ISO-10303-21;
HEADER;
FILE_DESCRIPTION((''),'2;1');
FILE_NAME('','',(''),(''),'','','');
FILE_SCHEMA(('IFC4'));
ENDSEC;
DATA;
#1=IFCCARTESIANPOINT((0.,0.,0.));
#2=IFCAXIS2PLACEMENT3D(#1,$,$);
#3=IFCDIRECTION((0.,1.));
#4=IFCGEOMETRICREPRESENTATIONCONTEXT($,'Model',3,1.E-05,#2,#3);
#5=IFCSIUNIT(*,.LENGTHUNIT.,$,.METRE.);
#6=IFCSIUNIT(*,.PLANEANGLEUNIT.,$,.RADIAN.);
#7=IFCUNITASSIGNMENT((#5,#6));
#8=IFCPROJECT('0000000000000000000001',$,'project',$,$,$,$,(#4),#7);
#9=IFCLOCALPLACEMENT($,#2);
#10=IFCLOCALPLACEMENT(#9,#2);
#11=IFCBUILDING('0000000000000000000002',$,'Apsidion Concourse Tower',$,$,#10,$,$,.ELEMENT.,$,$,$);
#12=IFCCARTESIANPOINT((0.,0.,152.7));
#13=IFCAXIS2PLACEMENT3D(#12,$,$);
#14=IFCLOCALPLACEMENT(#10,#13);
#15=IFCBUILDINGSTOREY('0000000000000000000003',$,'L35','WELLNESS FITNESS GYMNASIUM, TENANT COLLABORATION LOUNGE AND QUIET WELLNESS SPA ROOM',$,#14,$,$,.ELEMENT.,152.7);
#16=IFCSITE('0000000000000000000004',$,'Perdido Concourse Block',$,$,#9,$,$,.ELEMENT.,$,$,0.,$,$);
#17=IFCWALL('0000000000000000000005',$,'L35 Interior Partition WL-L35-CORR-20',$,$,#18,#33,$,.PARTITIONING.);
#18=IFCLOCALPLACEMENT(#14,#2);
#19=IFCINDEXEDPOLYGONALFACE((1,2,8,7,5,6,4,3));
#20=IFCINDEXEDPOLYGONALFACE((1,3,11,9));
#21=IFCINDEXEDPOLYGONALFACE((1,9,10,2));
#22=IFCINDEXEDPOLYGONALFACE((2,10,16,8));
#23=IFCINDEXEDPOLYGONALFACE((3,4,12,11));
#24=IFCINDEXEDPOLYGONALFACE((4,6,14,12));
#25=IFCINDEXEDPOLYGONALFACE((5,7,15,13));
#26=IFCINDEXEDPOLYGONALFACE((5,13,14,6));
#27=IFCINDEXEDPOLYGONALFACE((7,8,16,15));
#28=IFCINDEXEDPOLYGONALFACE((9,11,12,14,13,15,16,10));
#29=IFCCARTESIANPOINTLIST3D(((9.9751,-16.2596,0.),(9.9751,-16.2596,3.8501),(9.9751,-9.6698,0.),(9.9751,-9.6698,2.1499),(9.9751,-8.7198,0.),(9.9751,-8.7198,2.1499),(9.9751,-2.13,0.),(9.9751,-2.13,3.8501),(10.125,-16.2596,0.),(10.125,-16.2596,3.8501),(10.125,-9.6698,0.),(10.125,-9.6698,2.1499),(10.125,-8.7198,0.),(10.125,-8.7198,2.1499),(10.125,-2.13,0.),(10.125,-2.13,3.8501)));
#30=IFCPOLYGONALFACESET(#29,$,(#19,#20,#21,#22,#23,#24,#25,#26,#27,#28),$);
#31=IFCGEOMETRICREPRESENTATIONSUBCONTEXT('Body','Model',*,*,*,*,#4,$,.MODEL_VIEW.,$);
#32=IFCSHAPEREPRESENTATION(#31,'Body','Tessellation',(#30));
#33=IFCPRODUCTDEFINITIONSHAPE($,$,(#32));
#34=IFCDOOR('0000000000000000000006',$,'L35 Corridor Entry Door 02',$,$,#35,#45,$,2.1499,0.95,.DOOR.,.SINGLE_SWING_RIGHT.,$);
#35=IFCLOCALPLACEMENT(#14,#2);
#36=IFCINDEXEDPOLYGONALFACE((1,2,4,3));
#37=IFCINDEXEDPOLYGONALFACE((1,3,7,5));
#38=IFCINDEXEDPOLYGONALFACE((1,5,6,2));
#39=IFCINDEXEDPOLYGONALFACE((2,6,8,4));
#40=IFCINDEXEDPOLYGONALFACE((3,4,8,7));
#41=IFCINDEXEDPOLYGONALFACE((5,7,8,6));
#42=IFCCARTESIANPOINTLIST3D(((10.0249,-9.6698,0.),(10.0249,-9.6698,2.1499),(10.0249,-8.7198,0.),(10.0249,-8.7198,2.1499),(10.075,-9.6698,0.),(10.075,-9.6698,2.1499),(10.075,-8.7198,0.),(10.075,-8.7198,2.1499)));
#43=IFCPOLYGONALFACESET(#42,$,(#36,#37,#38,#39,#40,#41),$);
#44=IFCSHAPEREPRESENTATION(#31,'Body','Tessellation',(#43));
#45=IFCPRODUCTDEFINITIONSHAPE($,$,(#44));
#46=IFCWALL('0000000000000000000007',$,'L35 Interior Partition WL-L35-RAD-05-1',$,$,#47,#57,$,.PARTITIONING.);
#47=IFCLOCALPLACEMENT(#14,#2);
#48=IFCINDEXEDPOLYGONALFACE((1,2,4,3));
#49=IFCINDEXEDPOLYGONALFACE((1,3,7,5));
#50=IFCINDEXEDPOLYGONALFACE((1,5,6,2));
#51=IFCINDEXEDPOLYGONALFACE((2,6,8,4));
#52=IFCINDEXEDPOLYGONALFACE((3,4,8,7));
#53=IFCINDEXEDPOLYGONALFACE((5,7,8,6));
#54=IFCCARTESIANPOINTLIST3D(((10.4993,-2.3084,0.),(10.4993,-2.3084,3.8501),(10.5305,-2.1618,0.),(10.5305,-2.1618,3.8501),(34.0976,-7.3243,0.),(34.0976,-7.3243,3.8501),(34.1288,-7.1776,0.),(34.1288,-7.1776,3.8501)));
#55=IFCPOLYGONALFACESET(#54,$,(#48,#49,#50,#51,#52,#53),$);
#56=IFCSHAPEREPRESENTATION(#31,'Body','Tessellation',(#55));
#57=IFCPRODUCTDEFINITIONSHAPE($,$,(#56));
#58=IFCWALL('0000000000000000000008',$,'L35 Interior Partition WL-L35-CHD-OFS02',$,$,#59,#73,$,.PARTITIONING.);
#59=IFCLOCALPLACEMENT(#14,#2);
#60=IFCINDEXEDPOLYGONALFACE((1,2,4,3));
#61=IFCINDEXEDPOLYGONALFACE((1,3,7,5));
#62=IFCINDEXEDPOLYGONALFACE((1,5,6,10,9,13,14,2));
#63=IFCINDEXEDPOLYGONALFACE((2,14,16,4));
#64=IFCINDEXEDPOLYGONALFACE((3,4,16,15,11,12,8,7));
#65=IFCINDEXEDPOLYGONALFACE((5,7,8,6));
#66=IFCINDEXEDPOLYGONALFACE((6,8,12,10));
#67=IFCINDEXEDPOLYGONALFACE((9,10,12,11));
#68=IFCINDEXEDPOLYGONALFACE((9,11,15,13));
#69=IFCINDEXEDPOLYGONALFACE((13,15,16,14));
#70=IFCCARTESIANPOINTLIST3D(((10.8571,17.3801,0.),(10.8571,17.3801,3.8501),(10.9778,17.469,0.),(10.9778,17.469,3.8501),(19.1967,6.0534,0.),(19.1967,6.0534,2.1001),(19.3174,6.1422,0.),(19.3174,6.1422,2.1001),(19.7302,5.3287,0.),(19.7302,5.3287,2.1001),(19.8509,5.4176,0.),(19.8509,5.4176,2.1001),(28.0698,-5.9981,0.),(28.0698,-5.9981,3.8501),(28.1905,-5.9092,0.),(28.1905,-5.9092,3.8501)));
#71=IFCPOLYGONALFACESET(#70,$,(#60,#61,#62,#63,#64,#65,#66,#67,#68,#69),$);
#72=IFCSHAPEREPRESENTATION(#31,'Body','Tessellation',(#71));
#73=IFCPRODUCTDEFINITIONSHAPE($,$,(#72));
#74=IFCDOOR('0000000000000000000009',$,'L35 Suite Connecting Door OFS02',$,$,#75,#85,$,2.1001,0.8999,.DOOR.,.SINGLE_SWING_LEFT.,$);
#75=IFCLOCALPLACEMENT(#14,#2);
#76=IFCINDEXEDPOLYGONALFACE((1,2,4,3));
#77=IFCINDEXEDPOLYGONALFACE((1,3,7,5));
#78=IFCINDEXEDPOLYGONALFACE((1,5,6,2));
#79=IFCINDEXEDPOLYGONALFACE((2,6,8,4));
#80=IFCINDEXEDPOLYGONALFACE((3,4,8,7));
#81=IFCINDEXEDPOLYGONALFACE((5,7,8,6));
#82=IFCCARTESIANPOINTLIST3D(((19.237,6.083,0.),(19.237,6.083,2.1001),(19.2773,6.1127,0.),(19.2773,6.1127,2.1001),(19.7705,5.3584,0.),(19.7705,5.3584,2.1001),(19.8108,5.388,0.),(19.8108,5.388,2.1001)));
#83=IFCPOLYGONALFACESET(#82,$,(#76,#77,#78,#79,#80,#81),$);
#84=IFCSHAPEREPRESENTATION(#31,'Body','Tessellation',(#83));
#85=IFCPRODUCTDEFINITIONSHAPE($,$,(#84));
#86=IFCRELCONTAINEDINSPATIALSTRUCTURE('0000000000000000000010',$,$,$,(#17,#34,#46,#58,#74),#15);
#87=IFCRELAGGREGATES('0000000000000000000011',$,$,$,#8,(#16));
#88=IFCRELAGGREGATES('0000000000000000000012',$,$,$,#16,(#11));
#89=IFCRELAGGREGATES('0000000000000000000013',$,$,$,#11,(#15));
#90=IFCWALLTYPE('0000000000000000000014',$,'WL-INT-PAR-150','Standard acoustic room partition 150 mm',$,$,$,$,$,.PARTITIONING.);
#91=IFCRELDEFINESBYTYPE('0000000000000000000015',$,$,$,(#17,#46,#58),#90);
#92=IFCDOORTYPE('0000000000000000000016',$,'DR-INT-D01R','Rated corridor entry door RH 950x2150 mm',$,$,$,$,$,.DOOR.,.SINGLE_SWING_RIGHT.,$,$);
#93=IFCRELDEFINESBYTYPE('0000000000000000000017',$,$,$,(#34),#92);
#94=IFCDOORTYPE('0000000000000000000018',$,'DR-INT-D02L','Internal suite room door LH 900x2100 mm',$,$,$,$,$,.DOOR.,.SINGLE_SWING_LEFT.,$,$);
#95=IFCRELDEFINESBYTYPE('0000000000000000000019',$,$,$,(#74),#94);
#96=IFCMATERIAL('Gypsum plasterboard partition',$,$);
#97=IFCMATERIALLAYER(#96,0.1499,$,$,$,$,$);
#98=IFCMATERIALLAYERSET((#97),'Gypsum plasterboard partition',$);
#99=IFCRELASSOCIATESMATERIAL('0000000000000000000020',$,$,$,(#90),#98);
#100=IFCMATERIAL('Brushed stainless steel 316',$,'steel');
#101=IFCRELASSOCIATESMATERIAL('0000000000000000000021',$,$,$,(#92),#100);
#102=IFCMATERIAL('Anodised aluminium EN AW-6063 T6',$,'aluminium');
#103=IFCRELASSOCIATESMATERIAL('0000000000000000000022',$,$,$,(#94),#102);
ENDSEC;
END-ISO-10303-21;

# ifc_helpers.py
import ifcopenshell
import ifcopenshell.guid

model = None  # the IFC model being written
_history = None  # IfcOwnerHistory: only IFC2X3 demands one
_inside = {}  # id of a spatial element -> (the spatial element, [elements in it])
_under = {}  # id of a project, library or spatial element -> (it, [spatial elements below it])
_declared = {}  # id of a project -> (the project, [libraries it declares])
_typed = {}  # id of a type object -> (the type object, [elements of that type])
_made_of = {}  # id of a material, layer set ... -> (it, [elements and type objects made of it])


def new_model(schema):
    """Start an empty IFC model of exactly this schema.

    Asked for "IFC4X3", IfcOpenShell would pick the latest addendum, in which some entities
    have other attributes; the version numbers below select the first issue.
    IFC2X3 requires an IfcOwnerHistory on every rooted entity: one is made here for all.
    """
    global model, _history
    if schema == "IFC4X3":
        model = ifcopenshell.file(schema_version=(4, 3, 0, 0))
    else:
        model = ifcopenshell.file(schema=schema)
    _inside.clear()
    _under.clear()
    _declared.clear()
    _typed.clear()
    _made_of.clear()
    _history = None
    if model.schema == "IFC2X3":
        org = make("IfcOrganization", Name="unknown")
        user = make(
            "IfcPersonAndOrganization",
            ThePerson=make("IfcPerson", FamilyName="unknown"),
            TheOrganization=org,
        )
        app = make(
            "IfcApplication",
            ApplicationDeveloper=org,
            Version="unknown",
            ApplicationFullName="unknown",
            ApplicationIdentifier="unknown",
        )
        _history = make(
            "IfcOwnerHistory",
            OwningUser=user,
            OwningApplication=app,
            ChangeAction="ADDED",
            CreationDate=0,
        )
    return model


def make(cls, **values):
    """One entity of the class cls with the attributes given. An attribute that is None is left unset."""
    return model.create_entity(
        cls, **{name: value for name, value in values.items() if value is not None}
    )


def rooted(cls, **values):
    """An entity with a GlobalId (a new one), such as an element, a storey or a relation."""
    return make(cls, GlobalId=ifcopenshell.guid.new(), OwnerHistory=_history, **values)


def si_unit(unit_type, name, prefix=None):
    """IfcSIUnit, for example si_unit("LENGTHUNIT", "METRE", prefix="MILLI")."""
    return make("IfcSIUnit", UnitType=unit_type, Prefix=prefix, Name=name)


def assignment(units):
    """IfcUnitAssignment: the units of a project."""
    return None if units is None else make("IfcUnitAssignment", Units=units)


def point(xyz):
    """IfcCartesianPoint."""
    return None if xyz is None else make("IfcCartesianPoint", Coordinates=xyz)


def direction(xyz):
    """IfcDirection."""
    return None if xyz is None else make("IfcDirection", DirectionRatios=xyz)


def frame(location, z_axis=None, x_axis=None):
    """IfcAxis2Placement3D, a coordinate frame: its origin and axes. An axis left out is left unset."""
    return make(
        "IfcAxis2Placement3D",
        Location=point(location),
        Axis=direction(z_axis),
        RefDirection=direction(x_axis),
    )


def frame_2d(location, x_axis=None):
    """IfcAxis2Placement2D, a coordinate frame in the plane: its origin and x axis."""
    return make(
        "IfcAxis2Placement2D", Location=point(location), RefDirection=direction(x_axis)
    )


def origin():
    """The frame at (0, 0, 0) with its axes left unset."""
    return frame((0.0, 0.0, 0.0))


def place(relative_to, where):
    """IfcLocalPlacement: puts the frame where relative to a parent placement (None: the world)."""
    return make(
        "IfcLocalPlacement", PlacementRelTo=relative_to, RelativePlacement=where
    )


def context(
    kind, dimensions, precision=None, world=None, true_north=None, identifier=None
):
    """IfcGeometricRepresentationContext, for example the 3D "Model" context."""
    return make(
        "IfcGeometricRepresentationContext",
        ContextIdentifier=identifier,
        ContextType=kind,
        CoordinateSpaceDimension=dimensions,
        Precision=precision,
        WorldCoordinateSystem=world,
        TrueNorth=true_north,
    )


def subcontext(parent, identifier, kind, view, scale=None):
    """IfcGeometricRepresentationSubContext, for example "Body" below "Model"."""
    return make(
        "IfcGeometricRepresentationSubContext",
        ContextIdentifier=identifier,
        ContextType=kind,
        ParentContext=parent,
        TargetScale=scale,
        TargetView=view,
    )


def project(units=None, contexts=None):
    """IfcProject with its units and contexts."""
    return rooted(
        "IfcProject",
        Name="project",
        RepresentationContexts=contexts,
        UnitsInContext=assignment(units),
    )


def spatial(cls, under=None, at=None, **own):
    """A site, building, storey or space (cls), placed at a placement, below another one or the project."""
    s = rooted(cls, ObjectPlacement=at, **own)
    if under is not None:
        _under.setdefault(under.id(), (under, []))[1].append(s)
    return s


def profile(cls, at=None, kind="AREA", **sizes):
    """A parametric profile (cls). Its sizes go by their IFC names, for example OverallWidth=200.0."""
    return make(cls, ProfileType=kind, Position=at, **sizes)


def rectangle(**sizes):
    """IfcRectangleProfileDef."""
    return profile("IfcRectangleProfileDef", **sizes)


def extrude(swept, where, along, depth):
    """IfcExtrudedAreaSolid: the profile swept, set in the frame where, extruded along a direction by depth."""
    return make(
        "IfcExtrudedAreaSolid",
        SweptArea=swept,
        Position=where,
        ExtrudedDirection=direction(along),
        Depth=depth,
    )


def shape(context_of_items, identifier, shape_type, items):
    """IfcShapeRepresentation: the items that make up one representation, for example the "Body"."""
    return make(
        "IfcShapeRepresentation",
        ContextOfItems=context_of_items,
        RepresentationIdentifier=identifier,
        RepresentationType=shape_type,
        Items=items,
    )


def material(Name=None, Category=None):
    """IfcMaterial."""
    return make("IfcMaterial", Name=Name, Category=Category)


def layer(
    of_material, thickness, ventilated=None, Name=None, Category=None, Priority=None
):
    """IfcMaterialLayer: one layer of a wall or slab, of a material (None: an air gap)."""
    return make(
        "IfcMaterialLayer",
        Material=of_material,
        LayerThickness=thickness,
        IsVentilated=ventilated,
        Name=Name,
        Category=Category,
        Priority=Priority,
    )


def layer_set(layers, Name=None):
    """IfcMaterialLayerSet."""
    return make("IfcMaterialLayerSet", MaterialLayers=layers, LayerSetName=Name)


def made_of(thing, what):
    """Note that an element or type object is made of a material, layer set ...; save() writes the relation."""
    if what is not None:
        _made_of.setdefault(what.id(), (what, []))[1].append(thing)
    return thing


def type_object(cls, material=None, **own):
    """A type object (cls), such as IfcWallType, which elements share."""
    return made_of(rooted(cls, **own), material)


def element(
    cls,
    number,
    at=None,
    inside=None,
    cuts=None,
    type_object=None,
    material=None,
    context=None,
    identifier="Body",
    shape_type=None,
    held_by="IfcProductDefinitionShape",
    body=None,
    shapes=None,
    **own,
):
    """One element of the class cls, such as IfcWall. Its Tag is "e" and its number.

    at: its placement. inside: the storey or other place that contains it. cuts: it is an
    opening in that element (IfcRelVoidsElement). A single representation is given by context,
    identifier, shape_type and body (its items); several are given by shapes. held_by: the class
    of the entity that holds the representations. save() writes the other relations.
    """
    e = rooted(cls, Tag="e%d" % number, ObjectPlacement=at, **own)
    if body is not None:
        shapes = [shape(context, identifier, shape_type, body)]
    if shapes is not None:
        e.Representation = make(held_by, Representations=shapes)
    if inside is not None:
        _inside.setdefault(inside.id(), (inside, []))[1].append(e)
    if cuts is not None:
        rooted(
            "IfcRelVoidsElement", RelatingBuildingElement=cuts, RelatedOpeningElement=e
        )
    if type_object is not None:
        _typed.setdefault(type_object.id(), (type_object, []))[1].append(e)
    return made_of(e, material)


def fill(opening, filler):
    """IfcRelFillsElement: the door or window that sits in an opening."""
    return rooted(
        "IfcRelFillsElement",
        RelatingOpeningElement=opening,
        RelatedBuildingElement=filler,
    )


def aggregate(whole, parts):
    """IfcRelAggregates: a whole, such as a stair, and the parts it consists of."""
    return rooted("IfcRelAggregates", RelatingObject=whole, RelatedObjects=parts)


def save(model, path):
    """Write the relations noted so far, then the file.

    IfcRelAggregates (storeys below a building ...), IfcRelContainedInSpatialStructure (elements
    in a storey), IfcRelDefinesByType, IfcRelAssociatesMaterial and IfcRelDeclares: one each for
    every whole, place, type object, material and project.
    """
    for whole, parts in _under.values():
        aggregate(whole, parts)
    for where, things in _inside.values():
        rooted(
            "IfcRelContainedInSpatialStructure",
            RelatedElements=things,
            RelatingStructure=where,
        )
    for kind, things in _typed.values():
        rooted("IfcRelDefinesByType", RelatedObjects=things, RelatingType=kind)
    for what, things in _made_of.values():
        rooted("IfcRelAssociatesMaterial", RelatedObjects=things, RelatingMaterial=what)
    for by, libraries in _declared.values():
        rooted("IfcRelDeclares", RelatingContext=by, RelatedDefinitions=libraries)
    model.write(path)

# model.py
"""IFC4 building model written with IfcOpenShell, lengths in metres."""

from ifc_helpers import new_model, si_unit, direction, frame, frame_2d, origin, place, context, subcontext, project, spatial, rectangle, extrude, material, layer, layer_set, type_object, element, fill, save


model = new_model("IFC4")

# Units and contexts
model_context = context("Model", 3, precision=1e-05, world=origin(), true_north=direction((0.0, 1.0)))
body_context = subcontext(model_context, "Body", "Model", "MODEL_VIEW")
ifc_project = project(units=[si_unit("LENGTHUNIT", "METRE"), si_unit("PLANEANGLEUNIT", "RADIAN")], contexts=[model_context])

# Site, building, storey
site_placement = place(None, origin())
site = spatial("IfcSite", under=ifc_project, at=site_placement, Name="Perdido Concourse Block", CompositionType="ELEMENT", RefElevation=0.0)
building_placement = place(site_placement, origin())
building = spatial("IfcBuilding", under=site, at=building_placement, Name="Apsidion Concourse Tower", CompositionType="ELEMENT")
storey_placement = place(building_placement, frame((0.0, 0.0, 152.7)))
storey = spatial("IfcBuildingStorey", under=building, at=storey_placement, Name="L35", Description="WELLNESS FITNESS GYMNASIUM, TENANT COLLABORATION LOUNGE AND QUIET WELLNESS SPA ROOM", CompositionType="ELEMENT", Elevation=152.7)

# Shared definitions
ifc_material_1 = material(Name="Gypsum plasterboard partition")
ifc_layer_1 = layer(ifc_material_1, 0.1499)
ifc_layer_set_1 = layer_set([ifc_layer_1], Name="Gypsum plasterboard partition")
wall_type_1 = type_object("IfcWallType", Name="WL-INT-PAR-150", Description="Standard acoustic room partition 150 mm", PredefinedType="PARTITIONING", material=ifc_layer_set_1)

# Wall, opening, door
wall_1_placement = place(storey_placement, frame((10.05, -2.1299, 0.0), z_axis=(0.0, 0.0, 1.0), x_axis=(0.0, -1.0, 0.0)))
wall_1 = element("IfcWall", 1, at=wall_1_placement, inside=storey, type_object=wall_type_1, Name="L35 Interior Partition WL-L35-CORR-20", PredefinedType="PARTITIONING", context=body_context, shape_type="SweptSolid", body=[
    extrude(rectangle(XDim=14.1296, YDim=0.1499, at=frame_2d((7.0649, 0.0))), origin(), (0.0, 0.0, 1.0), 3.8501),
])
opening_1_placement = place(wall_1_placement, frame((6.5898, 0.0, 0.0)))
opening_1 = element("IfcOpeningElement", 2, at=opening_1_placement, cuts=wall_1, PredefinedType="OPENING", context=body_context, shape_type="SweptSolid", body=[
    extrude(rectangle(XDim=0.95, YDim=2.1499, at=frame_2d((0.4751, 1.075))), frame((0.0, 0.085, 0.0), z_axis=(0.0, -1.0, 0.0), x_axis=(1.0, 0.0, 0.0)), (0.0, 0.0, 1.0), 0.1699),
])
ifc_material_2 = material(Name="Brushed stainless steel 316", Category="steel")
door_type_1 = type_object("IfcDoorType", Name="DR-INT-D01R", Description="Rated corridor entry door RH 950x2150 mm", OperationType="SINGLE_SWING_RIGHT", PredefinedType="DOOR", material=ifc_material_2)
door_1_placement = place(opening_1_placement, origin())
door_1 = element("IfcDoor", 3, at=door_1_placement, inside=storey, type_object=door_type_1, Name="L35 Corridor Entry Door 02", OperationType="SINGLE_SWING_RIGHT", OverallHeight=2.1499, OverallWidth=0.95, PredefinedType="DOOR", context=body_context, shape_type="SweptSolid", body=[
    extrude(rectangle(XDim=0.95, YDim=2.1499, at=frame_2d((0.4751, 1.075))), frame((0.0, 0.0249, 0.0), z_axis=(0.0, -1.0, 0.0), x_axis=(1.0, 0.0, 0.0)), (0.0, 0.0, 1.0), 0.05),
])
fill(opening_1, door_1)

# Wall
wall_2_placement = place(storey_placement, frame((10.5149, -2.2351, 0.0), z_axis=(0.0, 0.0, 1.0), x_axis=(0.978149, -0.207907, 0.0)))
element("IfcWall", 4, at=wall_2_placement, inside=storey, type_object=wall_type_1, Name="L35 Interior Partition WL-L35-RAD-05-1", PredefinedType="PARTITIONING", context=body_context, shape_type="SweptSolid", body=[
    extrude(rectangle(XDim=24.1255, YDim=0.1499, at=frame_2d((12.0627, 0.0))), origin(), (0.0, 0.0, 1.0), 3.8501),
])

# Wall, opening, door
wall_3_placement = place(storey_placement, frame((28.1301, -5.9536, 0.0), z_axis=(0.0, 0.0, 1.0), x_axis=(-0.5929, 0.805276, 0.0)))
wall_3 = element("IfcWall", 5, at=wall_3_placement, inside=storey, type_object=wall_type_1, Name="L35 Interior Partition WL-L35-CHD-OFS02", PredefinedType="PARTITIONING", context=body_context, shape_type="SweptSolid", body=[
    extrude(rectangle(XDim=29.0312, YDim=0.1499, at=frame_2d((14.5156, 0.0))), origin(), (0.0, 0.0, 1.0), 3.8501),
])
opening_2_placement = place(wall_3_placement, frame((14.0657, 0.0, 0.0)))
opening_2 = element("IfcOpeningElement", 6, at=opening_2_placement, cuts=wall_3, PredefinedType="OPENING", context=body_context, shape_type="SweptSolid", body=[
    extrude(rectangle(XDim=0.8999, YDim=2.1001, at=frame_2d((0.45, 1.05))), frame((0.0, 0.085, 0.0), z_axis=(0.0, -1.0, 0.0), x_axis=(1.0, 0.0, 0.0)), (0.0, 0.0, 1.0), 0.1699),
])
ifc_material_3 = material(Name="Anodised aluminium EN AW-6063 T6", Category="aluminium")
door_type_2 = type_object("IfcDoorType", Name="DR-INT-D02L", Description="Internal suite room door LH 900x2100 mm", OperationType="SINGLE_SWING_LEFT", PredefinedType="DOOR", material=ifc_material_3)
door_2_placement = place(opening_2_placement, origin())
door_2 = element("IfcDoor", 7, at=door_2_placement, inside=storey, type_object=door_type_2, Name="L35 Suite Connecting Door OFS02", OperationType="SINGLE_SWING_LEFT", OverallHeight=2.1001, OverallWidth=0.8999, PredefinedType="DOOR", context=body_context, shape_type="SweptSolid", body=[
    extrude(rectangle(XDim=0.8999, YDim=2.1001, at=frame_2d((0.45, 1.05))), frame((0.0, 0.0249, 0.0), z_axis=(0.0, -1.0, 0.0), x_axis=(1.0, 0.0, 0.0)), (0.0, 0.0, 1.0), 0.05),
])
fill(opening_2, door_2)

save(model, "model.ifc")
